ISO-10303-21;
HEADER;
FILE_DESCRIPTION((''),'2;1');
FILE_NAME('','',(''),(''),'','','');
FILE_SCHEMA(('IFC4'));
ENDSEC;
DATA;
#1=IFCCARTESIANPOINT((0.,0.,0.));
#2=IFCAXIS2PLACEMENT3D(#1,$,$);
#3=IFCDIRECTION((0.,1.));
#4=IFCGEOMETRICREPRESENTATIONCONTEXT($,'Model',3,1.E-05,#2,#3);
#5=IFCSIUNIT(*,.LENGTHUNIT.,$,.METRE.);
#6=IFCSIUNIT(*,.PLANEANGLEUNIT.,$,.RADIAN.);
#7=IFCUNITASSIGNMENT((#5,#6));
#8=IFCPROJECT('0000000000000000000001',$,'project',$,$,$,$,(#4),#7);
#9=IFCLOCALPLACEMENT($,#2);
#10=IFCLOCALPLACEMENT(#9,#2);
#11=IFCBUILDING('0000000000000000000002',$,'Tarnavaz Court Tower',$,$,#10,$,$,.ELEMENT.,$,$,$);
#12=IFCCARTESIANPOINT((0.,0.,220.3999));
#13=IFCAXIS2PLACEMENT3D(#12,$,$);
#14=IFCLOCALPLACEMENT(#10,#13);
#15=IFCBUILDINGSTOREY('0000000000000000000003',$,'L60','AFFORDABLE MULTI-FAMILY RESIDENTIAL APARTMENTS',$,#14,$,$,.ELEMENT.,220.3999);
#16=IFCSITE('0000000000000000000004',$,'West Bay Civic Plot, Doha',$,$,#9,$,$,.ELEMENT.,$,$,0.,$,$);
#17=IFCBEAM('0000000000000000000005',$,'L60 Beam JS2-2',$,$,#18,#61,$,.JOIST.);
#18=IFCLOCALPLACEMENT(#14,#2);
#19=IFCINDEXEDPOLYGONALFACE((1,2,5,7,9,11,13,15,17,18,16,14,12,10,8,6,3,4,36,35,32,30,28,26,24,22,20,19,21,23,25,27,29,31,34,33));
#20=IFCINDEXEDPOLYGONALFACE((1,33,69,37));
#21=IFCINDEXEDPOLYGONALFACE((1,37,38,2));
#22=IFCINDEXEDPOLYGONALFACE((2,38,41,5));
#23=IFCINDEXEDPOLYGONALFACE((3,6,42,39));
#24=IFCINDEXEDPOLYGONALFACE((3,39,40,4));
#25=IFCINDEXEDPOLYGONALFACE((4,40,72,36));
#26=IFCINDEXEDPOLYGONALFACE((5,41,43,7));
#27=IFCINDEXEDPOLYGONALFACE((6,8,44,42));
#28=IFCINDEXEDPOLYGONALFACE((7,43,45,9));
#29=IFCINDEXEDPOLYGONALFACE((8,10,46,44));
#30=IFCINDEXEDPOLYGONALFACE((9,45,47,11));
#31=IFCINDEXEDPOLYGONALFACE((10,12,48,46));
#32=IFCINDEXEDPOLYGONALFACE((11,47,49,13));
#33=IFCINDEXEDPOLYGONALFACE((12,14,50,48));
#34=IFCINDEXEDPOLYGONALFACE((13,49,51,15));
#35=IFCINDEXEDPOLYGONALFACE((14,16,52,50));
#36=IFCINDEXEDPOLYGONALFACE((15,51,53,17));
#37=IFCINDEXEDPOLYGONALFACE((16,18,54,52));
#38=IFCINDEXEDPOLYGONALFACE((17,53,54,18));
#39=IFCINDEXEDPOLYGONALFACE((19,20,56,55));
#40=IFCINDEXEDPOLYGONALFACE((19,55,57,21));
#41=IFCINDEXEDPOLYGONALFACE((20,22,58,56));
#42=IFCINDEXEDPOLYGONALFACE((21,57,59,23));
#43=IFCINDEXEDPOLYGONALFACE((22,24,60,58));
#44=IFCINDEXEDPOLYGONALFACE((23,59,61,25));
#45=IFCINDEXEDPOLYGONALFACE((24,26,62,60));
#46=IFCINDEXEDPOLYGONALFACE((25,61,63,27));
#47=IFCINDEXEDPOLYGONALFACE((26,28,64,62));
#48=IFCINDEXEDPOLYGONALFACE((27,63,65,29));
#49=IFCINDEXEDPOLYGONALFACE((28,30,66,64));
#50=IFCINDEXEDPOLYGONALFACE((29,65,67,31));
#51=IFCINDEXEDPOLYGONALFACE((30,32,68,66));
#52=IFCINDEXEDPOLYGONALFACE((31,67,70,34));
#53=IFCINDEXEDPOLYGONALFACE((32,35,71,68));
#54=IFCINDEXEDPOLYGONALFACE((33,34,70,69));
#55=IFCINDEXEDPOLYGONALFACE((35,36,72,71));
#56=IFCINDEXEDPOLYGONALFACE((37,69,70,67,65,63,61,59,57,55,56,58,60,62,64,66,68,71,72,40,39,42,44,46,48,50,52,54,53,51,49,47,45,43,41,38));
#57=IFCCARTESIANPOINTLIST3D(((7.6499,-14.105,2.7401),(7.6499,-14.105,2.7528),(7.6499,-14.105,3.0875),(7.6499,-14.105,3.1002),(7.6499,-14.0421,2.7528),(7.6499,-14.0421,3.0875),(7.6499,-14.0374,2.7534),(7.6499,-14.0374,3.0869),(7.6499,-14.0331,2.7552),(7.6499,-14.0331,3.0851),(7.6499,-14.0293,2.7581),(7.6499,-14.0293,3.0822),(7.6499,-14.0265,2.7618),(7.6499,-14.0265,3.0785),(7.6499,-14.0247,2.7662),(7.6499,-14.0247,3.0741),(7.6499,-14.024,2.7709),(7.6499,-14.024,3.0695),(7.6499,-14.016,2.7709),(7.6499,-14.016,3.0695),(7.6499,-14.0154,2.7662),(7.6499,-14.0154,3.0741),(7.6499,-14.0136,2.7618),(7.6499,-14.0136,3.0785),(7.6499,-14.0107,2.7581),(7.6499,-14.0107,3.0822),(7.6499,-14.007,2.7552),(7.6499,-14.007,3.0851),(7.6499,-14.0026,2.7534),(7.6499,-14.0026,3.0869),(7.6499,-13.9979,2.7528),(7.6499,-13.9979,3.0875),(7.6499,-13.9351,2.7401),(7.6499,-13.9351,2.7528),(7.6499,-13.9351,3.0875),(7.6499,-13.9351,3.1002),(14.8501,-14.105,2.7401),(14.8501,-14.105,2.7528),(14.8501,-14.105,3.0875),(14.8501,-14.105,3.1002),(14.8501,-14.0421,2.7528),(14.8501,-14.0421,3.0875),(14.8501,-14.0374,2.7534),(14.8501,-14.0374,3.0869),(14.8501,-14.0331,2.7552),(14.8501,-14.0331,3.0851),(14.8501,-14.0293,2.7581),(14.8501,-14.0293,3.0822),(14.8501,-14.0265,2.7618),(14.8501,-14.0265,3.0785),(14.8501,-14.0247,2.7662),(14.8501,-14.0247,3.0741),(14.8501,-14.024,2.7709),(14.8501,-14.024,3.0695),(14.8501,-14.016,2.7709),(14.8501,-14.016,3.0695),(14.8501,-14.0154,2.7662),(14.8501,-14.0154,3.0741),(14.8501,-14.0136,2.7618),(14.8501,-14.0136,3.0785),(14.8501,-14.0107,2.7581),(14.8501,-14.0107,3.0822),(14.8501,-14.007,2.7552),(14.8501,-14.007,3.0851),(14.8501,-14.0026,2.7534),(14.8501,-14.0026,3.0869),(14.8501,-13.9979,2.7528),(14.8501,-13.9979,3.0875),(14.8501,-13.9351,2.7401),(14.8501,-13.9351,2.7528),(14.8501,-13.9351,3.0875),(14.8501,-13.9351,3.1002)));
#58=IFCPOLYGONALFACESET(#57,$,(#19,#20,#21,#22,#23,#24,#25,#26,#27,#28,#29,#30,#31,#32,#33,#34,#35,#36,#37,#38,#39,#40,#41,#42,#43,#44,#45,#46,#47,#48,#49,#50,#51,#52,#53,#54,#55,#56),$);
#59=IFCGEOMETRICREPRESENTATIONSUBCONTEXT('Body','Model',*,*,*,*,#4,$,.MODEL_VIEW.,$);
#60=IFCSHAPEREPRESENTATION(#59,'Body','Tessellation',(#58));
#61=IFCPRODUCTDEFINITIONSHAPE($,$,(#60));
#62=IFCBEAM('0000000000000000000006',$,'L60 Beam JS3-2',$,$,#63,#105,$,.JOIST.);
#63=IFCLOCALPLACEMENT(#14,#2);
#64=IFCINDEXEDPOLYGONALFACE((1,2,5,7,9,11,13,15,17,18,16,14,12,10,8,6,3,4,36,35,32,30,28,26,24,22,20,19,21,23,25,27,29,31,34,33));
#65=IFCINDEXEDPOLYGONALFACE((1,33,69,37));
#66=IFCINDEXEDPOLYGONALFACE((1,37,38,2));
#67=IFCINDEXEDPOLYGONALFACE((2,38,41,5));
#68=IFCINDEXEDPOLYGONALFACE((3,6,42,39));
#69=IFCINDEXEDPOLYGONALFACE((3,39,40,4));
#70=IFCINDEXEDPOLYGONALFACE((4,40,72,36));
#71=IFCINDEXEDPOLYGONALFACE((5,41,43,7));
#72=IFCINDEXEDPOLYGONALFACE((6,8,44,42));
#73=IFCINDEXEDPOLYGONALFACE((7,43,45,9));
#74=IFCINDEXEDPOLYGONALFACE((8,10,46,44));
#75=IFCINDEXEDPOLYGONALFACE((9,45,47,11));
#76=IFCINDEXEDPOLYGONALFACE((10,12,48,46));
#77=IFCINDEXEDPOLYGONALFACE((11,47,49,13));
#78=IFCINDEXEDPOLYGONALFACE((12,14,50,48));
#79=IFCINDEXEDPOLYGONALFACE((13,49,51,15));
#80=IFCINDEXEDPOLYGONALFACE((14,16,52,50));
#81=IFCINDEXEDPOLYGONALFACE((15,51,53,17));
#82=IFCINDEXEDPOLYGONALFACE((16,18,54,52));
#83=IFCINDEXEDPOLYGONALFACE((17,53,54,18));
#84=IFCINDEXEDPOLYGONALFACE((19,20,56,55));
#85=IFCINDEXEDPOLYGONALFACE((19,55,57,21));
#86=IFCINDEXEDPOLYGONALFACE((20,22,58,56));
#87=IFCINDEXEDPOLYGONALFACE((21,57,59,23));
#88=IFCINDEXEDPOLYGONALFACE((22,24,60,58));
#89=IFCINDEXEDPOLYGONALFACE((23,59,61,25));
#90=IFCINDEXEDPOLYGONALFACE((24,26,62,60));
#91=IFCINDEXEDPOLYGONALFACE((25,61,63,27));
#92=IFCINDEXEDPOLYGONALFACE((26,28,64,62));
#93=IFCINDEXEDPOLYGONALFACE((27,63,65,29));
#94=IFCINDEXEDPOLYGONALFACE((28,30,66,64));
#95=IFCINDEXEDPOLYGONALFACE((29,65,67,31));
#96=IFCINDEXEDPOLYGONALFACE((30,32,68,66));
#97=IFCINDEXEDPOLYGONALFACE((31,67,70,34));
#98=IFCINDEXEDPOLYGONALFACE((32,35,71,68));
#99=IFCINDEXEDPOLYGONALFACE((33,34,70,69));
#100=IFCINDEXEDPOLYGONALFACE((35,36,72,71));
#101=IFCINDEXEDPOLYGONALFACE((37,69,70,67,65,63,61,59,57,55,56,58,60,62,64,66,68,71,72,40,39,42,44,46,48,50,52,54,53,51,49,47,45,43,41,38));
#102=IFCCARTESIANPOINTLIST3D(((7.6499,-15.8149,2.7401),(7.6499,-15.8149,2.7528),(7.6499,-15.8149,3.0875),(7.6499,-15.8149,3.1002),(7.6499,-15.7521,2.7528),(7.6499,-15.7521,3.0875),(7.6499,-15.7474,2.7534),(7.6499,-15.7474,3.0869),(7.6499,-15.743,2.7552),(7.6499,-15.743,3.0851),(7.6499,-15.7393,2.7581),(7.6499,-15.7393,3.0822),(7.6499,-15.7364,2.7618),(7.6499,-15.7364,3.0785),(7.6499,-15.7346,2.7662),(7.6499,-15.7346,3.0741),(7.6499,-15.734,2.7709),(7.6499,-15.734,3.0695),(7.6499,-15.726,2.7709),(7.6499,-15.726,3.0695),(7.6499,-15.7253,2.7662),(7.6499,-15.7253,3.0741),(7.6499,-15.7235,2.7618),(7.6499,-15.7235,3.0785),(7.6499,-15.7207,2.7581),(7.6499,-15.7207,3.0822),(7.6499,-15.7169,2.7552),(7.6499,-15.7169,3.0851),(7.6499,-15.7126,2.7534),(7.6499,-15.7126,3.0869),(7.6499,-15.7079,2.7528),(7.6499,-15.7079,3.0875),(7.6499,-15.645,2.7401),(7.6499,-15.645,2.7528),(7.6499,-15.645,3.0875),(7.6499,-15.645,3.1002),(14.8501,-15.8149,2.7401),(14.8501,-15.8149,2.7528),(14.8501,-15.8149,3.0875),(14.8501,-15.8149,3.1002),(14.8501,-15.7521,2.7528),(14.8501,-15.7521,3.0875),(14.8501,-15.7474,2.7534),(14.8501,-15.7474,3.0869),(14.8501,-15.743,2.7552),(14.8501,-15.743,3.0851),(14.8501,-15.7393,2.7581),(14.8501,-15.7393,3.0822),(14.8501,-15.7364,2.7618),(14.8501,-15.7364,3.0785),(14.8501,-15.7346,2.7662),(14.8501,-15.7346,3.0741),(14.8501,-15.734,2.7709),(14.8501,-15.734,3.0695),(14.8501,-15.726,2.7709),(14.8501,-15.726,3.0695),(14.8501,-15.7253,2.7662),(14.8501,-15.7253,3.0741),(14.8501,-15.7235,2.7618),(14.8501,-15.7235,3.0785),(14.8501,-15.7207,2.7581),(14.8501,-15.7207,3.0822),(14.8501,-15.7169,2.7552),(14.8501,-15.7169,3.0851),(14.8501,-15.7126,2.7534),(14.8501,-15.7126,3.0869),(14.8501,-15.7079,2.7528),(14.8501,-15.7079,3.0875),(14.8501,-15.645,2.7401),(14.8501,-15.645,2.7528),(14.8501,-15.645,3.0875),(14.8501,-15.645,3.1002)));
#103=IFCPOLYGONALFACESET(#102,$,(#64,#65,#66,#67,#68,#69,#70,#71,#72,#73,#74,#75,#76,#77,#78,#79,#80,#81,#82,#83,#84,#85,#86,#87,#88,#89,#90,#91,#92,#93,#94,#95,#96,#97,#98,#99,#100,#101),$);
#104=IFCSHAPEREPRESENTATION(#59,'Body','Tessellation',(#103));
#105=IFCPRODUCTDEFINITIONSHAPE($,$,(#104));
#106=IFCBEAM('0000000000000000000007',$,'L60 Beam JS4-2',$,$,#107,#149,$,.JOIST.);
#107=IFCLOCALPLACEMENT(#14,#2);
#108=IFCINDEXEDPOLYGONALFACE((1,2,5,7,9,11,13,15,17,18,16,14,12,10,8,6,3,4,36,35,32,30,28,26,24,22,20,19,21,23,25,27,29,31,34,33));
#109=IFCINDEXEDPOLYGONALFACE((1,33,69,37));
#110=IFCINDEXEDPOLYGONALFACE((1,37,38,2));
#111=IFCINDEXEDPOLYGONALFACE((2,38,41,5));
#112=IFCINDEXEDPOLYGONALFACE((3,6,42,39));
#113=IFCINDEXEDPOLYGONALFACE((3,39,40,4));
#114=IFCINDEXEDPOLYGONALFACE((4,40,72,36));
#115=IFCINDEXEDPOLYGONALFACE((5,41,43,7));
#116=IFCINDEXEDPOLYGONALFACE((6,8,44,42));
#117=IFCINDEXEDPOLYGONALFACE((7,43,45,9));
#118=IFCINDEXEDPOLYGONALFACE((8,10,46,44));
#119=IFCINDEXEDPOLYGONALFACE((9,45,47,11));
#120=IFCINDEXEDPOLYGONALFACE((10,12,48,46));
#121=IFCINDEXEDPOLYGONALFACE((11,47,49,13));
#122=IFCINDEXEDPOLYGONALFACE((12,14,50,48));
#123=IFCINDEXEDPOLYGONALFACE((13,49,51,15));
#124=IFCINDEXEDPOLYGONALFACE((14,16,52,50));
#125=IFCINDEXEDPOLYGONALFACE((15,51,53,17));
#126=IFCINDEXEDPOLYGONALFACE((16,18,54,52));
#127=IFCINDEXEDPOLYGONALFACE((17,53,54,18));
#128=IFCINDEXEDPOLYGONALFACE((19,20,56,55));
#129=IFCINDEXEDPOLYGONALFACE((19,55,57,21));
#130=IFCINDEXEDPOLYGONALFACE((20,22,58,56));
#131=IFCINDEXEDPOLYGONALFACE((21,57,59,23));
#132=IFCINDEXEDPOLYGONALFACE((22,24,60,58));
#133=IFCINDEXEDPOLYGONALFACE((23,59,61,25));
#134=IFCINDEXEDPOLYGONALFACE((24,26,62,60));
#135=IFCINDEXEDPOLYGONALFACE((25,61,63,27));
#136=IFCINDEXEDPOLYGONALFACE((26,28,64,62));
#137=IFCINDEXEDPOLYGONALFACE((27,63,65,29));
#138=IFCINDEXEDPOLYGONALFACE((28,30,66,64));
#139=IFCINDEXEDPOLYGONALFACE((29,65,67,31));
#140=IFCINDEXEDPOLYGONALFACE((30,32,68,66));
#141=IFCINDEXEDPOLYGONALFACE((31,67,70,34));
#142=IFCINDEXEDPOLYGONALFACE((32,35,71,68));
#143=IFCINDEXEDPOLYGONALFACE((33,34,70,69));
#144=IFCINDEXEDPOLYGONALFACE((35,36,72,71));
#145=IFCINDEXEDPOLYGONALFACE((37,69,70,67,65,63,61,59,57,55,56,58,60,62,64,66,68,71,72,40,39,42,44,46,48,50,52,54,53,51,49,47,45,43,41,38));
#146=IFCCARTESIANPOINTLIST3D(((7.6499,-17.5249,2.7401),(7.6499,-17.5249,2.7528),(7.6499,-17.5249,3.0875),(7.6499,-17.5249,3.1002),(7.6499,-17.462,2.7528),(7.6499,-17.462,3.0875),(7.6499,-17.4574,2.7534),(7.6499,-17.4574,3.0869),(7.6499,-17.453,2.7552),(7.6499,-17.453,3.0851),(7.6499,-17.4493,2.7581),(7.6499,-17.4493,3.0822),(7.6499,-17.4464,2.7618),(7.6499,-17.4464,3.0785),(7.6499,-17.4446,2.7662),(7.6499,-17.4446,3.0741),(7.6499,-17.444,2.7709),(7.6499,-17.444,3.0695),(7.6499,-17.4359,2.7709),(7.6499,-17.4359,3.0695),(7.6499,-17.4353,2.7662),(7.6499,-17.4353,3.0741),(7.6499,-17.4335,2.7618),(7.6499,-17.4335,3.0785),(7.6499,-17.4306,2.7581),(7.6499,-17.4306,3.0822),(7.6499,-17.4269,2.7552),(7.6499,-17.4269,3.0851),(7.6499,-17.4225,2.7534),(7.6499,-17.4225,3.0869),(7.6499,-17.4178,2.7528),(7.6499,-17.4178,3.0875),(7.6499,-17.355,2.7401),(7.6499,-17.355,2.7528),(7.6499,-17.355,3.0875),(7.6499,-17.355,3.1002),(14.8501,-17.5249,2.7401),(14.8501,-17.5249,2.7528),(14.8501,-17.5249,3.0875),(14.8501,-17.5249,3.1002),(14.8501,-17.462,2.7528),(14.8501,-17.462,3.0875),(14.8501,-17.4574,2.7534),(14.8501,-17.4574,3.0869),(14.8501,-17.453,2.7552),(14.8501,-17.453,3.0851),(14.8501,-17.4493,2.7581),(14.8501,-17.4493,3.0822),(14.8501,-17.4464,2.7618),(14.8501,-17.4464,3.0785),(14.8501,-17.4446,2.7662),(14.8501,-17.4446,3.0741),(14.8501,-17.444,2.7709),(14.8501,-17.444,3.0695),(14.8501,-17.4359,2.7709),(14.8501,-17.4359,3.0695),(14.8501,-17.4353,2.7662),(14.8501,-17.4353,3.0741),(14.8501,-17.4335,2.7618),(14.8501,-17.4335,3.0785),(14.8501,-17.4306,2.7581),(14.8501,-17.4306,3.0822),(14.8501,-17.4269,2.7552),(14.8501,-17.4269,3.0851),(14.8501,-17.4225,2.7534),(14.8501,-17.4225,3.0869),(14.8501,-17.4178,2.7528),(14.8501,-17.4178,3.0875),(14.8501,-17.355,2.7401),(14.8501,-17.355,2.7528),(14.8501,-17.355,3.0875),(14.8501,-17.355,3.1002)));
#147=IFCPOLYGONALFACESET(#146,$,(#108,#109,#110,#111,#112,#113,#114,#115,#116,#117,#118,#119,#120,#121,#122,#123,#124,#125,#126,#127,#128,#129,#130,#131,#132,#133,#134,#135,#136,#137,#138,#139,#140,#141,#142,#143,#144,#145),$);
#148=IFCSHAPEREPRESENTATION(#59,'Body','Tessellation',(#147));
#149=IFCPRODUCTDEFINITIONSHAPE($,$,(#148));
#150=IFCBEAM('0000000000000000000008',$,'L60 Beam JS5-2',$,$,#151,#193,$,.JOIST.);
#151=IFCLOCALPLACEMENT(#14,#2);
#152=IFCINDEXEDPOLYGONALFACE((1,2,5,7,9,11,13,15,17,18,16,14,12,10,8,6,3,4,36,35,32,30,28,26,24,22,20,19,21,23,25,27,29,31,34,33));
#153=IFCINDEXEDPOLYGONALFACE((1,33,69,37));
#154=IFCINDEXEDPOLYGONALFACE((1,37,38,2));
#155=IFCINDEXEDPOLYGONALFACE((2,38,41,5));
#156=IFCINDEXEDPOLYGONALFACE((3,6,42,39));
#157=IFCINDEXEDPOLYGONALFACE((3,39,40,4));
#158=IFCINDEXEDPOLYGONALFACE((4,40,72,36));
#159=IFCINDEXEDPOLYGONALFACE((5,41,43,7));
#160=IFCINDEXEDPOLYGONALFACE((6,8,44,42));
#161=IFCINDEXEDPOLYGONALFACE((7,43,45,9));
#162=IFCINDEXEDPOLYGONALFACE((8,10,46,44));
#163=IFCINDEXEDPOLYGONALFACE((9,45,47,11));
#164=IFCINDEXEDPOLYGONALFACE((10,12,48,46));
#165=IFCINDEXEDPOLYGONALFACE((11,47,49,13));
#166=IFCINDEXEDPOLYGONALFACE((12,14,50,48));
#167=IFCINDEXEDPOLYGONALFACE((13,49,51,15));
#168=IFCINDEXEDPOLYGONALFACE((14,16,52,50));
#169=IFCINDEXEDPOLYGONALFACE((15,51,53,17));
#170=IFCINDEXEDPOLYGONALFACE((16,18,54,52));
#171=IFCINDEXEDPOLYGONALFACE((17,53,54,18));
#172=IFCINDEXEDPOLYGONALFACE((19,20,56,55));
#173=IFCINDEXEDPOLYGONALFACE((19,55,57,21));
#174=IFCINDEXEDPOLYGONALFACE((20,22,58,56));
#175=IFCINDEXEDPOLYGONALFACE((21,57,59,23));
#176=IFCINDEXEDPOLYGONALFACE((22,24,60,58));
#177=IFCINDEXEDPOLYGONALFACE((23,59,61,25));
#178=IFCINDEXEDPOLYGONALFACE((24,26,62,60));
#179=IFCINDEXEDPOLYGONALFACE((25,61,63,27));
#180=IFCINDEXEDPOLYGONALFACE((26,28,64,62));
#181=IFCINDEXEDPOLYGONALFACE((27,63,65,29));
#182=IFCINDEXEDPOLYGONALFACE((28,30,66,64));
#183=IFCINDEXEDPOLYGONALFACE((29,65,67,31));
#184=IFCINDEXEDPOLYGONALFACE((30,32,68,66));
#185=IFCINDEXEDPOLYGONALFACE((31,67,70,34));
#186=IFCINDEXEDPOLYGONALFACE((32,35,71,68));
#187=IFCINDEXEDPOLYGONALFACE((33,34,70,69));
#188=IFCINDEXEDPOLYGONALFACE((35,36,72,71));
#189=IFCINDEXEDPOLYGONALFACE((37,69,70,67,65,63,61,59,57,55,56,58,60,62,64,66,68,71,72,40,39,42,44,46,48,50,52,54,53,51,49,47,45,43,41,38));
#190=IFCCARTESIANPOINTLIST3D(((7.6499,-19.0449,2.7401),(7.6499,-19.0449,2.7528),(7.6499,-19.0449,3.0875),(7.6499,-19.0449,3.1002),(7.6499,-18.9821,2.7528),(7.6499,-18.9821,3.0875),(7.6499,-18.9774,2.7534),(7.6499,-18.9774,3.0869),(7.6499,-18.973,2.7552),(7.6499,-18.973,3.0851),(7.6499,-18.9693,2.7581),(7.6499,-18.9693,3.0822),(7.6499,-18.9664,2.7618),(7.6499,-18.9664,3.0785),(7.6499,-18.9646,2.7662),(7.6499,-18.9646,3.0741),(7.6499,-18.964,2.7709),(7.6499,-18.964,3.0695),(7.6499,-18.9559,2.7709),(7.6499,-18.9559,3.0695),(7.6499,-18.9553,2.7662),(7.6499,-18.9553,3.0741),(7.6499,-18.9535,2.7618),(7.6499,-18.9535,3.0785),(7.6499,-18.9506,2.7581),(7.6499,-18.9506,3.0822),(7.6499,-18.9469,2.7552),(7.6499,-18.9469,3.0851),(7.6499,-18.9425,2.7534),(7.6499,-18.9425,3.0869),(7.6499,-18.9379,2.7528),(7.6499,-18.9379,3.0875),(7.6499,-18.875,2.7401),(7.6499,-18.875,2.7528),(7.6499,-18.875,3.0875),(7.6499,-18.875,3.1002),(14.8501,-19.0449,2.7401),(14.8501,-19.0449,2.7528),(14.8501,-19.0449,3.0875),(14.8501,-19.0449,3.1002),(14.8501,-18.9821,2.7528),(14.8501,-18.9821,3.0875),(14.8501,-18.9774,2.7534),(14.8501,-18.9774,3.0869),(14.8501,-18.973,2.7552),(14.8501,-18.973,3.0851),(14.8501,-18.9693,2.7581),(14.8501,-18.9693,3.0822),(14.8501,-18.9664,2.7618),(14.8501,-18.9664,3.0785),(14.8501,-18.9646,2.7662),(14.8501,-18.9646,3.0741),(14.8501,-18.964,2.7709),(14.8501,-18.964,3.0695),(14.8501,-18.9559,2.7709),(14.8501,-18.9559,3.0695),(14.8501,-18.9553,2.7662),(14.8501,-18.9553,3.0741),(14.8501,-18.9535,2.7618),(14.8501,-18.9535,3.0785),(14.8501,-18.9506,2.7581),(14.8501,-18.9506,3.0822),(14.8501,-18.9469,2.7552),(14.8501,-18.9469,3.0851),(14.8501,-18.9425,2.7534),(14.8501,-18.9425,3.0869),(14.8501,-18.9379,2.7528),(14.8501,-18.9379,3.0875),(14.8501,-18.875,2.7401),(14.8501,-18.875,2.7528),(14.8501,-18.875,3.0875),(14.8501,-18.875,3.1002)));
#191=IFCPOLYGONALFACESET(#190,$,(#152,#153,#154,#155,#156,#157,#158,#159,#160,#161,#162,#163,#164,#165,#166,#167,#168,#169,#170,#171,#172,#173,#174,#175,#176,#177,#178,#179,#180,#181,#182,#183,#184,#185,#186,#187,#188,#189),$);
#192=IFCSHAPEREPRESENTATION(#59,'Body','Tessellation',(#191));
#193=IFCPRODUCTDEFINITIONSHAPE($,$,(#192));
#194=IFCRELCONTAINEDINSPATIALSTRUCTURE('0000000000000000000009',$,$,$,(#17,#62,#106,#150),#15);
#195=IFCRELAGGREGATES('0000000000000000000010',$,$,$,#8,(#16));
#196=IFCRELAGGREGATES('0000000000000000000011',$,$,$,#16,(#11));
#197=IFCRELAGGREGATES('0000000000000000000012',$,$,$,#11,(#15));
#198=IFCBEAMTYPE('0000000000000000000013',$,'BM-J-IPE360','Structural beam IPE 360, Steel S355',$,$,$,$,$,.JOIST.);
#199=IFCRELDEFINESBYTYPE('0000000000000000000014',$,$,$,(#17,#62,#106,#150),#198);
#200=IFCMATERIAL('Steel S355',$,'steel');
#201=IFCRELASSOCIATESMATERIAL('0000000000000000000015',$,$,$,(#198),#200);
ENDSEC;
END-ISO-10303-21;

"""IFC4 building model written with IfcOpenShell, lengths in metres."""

from ifc_helpers import new_model, si_unit, direction, frame, origin, origin_2d, place, context, subcontext, project, spatial, i_section, extrude, material, material_profile, profile_set, type_object, element, save


model = new_model("IFC4")

# Units and contexts
model_context = context("Model", 3, precision=1e-05, world=origin(), true_north=direction((0.0, 1.0)))
body_context = subcontext(model_context, "Body", "Model", "MODEL_VIEW")
ifc_project = project(units=[si_unit("LENGTHUNIT", "METRE"), si_unit("PLANEANGLEUNIT", "RADIAN")], contexts=[model_context])

# Site, building, storey
site_placement = place(None, origin())
site = spatial("IfcSite", under=ifc_project, at=site_placement, Name="West Bay Civic Plot, Doha", CompositionType="ELEMENT", RefElevation=0.0)
building_placement = place(site_placement, origin())
building = spatial("IfcBuilding", under=site, at=building_placement, Name="Tarnavaz Court Tower", CompositionType="ELEMENT")
storey_placement = place(building_placement, frame((0.0, 0.0, 220.3999)))
storey = spatial("IfcBuildingStorey", under=building, at=storey_placement, Name="L60", Description="AFFORDABLE MULTI-FAMILY RESIDENTIAL APARTMENTS", CompositionType="ELEMENT", Elevation=220.3999)

# Beams
ifc_material_1 = material(Name="Steel S355", Category="steel")
ifc_material_profile_1 = material_profile(ifc_material_1, i_section(OverallWidth=0.1699, OverallDepth=0.3601, WebThickness=0.0081, FlangeThickness=0.0127, FilletRadius=0.0181, at=origin_2d()), Name="IPE 360")
ifc_profile_set_1 = profile_set([ifc_material_profile_1], Name="Steel S355")
beam_type_1 = type_object("IfcBeamType", Name="BM-J-IPE360", Description="Structural beam IPE 360, Steel S355", PredefinedType="JOIST", material=ifc_profile_set_1)
for number, where, z_axis, x_axis, name in (
    (1, (7.6499, -14.02, 2.9202), (1.0, 0.0, 0.0), (0.0, 1.0, 0.0), "L60 Beam JS2-2"),
    (2, (7.6499, -15.73, 2.9202), (1.0, 0.0, 0.0), (0.0, 1.0, 0.0), "L60 Beam JS3-2"),
    (3, (7.6499, -17.4399, 2.9202), (1.0, 0.0, 0.0), (0.0, 1.0, 0.0), "L60 Beam JS4-2"),
    (4, (7.6499, -18.96, 2.9202), (1.0, 0.0, 0.0), (0.0, 1.0, 0.0), "L60 Beam JS5-2"),
):
    element("IfcBeam", number, at=place(storey_placement, frame(where, z_axis=z_axis, x_axis=x_axis)), inside=storey, type_object=beam_type_1, Name=name, PredefinedType="JOIST", context=body_context, shape_type="SweptSolid", body=[
        extrude(i_section(OverallWidth=0.1699, OverallDepth=0.3601, WebThickness=0.0081, FlangeThickness=0.0127, FilletRadius=0.0181, at=origin_2d()), origin(), (0.0, 0.0, 1.0), 7.2002),
    ])

save(model, "model.ifc")
